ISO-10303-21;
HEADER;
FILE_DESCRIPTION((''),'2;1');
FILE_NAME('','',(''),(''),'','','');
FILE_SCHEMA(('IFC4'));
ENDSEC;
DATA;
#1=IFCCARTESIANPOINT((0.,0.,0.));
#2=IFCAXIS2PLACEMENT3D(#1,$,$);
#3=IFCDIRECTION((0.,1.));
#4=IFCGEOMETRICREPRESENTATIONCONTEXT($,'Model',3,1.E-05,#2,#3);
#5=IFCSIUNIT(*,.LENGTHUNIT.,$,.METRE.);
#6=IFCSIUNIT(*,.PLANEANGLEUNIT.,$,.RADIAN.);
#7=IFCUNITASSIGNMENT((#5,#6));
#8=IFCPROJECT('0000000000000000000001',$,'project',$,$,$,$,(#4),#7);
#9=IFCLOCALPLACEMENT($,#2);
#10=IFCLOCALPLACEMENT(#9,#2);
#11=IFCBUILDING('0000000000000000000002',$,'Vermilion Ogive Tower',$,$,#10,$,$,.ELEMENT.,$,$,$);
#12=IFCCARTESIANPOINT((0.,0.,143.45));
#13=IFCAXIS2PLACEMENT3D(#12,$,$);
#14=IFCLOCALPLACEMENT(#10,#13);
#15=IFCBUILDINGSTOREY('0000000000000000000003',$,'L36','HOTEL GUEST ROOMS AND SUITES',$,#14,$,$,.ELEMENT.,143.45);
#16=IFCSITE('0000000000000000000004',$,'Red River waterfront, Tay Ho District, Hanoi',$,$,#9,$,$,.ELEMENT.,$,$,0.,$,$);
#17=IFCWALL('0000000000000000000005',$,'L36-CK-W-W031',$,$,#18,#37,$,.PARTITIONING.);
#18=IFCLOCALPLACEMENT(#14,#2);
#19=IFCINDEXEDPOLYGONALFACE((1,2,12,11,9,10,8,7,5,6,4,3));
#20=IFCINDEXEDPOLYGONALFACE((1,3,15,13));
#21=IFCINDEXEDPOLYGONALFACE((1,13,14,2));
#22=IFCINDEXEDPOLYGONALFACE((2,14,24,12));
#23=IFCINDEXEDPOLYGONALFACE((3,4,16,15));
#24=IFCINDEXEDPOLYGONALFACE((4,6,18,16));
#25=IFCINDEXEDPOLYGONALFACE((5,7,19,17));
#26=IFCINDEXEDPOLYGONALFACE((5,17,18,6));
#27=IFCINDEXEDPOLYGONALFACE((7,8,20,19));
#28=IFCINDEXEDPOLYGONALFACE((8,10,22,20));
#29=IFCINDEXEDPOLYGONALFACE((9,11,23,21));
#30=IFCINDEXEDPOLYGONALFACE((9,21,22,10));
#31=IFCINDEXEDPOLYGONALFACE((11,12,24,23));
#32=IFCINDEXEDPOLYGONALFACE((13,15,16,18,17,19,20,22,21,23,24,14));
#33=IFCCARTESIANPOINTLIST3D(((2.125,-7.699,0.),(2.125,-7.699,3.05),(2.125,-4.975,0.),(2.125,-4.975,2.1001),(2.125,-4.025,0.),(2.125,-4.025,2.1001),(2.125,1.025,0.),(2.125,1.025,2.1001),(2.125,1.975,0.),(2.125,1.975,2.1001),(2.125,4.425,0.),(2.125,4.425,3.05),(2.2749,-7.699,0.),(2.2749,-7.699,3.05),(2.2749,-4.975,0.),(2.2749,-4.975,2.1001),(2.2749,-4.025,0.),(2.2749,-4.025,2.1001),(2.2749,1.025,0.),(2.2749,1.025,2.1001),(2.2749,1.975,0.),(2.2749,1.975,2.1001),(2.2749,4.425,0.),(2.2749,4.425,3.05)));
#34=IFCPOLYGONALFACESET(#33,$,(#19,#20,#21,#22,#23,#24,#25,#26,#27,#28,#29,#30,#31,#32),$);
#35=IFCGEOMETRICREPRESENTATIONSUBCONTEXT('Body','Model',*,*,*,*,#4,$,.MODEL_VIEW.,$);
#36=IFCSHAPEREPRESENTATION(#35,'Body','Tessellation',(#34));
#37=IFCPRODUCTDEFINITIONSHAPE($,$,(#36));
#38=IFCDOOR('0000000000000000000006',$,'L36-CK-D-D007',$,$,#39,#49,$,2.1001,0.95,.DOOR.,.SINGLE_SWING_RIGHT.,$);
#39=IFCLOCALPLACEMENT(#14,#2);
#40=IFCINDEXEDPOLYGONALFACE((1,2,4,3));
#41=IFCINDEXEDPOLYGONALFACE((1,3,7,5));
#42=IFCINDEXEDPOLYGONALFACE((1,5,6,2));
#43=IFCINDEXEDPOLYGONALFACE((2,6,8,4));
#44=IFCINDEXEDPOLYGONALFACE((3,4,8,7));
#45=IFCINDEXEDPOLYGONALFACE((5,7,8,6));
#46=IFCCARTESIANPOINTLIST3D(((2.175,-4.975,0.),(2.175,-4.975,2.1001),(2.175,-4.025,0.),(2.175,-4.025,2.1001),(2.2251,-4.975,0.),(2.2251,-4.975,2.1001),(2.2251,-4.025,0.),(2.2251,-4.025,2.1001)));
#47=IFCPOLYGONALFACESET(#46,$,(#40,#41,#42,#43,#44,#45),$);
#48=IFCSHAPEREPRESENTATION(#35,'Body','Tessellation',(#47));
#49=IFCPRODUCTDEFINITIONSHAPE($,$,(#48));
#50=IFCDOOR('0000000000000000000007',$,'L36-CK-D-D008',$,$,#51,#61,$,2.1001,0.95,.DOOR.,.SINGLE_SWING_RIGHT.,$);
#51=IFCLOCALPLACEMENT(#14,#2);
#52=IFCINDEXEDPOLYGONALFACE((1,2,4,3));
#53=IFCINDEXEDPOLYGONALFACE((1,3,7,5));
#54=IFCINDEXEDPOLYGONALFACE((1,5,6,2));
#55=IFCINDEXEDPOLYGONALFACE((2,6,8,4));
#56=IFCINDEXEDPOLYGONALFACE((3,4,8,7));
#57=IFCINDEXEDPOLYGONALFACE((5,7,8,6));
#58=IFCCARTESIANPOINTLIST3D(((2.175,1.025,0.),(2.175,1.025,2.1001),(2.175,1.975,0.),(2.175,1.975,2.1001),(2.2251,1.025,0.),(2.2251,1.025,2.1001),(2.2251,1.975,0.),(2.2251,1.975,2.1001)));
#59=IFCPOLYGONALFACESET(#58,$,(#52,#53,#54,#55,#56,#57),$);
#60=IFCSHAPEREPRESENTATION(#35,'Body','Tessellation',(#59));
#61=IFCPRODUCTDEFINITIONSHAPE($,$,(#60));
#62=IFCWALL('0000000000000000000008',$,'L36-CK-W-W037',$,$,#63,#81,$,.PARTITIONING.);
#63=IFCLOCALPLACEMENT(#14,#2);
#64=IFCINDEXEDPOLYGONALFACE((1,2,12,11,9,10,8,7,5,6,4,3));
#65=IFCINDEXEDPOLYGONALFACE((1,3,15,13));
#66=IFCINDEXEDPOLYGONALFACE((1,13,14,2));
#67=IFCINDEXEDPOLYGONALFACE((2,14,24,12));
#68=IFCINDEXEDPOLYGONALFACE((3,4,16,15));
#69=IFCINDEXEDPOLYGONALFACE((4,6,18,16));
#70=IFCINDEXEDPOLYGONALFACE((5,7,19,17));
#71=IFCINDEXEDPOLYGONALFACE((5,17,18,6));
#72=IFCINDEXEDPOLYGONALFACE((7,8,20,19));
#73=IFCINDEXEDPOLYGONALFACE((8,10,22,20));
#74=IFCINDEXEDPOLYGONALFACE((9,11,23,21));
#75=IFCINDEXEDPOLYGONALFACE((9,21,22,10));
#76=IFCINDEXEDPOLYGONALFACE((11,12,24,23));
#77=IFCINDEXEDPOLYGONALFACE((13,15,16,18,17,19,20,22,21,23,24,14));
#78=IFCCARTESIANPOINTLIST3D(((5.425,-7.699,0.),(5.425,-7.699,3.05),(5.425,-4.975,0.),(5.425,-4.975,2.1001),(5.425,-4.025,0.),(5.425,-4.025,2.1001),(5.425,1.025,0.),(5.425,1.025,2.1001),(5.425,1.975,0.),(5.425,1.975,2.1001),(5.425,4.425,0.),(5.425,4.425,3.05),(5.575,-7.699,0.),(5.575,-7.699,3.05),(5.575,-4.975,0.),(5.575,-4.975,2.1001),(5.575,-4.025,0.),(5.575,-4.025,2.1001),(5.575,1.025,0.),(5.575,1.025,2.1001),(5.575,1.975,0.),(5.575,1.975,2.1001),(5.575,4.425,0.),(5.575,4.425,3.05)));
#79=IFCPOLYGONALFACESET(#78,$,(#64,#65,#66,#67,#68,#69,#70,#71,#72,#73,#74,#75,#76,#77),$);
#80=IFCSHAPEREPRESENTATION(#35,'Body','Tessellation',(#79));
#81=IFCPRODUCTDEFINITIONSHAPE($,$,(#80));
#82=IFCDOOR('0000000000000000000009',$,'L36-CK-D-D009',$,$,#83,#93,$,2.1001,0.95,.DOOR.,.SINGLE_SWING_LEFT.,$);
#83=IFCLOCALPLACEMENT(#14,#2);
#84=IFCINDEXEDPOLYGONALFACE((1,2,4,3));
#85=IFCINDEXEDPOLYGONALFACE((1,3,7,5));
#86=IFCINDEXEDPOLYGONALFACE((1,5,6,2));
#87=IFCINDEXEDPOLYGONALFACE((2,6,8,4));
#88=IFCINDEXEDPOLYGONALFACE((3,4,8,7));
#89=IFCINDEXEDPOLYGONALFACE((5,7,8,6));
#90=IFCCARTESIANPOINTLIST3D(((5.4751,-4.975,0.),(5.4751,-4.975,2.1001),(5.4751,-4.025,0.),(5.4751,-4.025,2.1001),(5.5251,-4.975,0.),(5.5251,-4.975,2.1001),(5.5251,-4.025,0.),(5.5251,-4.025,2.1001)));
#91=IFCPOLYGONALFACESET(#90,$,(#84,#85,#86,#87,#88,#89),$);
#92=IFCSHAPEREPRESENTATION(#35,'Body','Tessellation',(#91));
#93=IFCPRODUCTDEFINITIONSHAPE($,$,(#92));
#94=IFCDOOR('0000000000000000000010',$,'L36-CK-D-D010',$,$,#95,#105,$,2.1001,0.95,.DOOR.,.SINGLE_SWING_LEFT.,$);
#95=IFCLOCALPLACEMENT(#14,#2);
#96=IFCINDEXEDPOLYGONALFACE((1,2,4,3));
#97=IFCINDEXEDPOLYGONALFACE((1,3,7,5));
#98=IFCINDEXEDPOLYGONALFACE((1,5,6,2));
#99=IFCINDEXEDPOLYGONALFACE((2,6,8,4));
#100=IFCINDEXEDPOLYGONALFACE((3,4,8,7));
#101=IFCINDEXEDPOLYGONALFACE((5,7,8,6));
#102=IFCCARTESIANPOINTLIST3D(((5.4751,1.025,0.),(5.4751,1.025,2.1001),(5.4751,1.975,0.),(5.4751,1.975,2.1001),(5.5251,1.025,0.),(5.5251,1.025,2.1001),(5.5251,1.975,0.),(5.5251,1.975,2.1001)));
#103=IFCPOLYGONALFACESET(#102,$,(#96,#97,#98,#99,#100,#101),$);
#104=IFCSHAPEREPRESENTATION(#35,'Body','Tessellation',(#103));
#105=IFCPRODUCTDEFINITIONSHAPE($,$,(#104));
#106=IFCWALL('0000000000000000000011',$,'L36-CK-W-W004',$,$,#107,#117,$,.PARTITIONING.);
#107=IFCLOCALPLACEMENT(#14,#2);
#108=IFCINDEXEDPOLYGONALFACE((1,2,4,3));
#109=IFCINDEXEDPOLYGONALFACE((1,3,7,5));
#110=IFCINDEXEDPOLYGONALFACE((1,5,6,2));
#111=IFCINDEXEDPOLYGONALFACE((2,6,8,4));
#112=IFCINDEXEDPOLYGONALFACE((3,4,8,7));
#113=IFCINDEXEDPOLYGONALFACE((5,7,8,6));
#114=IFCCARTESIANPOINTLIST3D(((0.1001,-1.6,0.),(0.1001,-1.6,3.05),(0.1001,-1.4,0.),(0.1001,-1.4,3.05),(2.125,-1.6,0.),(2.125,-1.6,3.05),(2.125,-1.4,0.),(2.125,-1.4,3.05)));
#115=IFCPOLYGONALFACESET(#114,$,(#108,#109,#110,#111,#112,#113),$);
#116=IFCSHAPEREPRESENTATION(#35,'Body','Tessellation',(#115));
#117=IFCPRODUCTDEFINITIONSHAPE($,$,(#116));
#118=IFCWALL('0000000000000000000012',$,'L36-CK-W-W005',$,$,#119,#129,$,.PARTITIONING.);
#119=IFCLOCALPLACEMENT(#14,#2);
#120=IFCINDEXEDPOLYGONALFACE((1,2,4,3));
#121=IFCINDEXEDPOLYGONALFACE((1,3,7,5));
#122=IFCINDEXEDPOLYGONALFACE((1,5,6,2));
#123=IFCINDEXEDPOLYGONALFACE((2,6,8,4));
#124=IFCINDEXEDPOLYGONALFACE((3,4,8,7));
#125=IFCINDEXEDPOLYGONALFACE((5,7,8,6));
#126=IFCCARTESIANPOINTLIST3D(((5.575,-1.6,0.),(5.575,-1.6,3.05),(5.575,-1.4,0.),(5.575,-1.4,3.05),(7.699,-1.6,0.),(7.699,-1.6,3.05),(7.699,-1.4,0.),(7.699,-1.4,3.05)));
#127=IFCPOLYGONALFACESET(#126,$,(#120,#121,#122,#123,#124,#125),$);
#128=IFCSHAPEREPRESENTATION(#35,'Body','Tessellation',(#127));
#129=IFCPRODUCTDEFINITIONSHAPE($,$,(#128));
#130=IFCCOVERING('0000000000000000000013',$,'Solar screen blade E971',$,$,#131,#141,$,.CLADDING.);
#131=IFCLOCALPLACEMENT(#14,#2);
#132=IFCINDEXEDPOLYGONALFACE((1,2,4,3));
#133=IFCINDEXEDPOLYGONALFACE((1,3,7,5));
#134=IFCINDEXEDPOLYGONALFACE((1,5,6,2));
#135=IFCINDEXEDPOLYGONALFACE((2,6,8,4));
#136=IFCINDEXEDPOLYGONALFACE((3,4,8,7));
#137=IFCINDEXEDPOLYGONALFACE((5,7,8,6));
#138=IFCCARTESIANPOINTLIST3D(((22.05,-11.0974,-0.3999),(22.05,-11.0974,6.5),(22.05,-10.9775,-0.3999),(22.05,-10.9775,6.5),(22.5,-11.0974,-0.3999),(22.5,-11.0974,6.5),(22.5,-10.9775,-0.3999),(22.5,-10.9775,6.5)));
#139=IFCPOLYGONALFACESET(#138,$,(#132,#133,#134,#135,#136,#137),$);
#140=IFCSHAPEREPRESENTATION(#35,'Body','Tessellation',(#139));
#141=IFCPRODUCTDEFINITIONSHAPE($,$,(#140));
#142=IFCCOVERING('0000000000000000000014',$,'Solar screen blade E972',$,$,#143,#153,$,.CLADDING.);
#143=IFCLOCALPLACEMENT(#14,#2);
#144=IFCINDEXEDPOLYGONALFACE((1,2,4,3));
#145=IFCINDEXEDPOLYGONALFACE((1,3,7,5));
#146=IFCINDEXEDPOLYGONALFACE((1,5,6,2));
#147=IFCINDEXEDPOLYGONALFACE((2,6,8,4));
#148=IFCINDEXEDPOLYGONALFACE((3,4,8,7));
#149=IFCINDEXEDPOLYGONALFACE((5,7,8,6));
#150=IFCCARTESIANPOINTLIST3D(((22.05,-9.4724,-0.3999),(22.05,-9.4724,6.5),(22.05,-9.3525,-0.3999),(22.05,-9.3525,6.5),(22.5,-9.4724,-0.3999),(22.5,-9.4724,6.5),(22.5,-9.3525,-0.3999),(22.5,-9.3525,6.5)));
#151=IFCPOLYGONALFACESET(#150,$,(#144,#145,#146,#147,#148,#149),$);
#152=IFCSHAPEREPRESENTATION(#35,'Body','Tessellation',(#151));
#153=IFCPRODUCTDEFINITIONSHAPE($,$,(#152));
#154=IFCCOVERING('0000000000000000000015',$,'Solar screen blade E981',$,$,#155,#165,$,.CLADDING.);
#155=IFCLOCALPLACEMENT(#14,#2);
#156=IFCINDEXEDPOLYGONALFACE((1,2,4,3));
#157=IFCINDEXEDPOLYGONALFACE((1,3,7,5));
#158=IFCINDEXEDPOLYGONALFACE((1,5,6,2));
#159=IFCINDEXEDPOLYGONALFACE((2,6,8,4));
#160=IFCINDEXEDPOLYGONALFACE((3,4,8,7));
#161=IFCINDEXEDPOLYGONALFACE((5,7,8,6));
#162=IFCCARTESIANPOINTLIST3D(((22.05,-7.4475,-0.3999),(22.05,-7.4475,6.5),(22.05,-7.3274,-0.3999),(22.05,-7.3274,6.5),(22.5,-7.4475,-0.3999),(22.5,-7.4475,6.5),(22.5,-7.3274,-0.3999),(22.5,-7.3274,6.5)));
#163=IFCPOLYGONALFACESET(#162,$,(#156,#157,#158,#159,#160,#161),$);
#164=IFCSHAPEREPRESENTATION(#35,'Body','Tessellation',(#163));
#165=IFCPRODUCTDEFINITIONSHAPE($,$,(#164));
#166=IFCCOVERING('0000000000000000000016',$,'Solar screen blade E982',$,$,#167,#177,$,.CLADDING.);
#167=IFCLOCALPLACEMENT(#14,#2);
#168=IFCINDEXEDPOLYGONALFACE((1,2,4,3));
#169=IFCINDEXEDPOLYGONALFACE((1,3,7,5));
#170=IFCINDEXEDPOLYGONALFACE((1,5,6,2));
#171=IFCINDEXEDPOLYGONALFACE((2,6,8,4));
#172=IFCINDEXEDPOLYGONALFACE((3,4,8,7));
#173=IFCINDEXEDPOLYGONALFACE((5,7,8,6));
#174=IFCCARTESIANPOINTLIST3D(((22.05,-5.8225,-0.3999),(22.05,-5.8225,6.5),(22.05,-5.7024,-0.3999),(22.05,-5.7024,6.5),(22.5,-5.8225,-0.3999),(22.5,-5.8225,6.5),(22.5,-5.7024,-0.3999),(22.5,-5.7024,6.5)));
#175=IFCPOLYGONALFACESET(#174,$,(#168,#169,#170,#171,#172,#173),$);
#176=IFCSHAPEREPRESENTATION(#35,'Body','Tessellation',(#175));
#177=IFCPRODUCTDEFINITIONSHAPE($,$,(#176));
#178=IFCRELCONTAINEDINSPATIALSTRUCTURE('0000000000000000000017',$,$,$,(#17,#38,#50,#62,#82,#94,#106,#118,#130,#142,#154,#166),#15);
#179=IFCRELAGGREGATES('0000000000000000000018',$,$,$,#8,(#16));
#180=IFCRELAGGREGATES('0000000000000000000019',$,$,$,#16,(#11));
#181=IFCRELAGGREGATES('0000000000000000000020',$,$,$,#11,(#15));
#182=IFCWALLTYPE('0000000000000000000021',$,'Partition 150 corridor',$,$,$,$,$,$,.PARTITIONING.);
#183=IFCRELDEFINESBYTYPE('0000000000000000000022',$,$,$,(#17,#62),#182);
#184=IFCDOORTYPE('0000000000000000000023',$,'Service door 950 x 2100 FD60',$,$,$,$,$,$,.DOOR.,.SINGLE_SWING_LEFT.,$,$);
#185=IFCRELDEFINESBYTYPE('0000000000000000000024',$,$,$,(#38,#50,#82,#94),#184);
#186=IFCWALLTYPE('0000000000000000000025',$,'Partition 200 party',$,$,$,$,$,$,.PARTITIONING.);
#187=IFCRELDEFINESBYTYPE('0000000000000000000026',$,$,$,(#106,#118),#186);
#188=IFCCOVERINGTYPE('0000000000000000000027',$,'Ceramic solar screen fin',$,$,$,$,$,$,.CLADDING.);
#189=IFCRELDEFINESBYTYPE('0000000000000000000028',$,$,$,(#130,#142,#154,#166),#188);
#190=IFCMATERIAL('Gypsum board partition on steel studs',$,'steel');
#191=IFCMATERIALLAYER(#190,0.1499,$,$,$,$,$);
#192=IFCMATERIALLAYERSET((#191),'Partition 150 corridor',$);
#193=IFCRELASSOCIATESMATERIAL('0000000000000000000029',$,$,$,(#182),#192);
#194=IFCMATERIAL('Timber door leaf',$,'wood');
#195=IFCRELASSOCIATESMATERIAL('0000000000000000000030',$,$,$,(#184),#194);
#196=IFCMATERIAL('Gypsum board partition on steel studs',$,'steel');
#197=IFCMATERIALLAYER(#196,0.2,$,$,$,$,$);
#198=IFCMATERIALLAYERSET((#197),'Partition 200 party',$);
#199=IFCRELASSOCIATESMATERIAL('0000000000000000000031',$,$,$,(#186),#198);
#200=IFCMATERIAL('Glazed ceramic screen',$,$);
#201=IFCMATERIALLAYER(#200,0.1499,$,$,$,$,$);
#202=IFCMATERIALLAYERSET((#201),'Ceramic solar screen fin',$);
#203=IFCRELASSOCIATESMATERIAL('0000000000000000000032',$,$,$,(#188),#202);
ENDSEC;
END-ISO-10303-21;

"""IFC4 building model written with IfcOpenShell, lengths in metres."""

from ifc_helpers import new_model, si_unit, direction, frame, frame_2d, origin, place, context, subcontext, project, spatial, polyline, rectangle, outline, extrude, material, layer, layer_set, type_object, element, fill, save


model = new_model("IFC4")

# Units and contexts
model_context = context("Model", 3, precision=1e-05, world=origin(), true_north=direction((0.0, 1.0)))
body_context = subcontext(model_context, "Body", "Model", "MODEL_VIEW")
ifc_project = project(units=[si_unit("LENGTHUNIT", "METRE"), si_unit("PLANEANGLEUNIT", "RADIAN")], contexts=[model_context])

# Site, building, storey
site_placement = place(None, origin())
site = spatial("IfcSite", under=ifc_project, at=site_placement, Name="Red River waterfront, Tay Ho District, Hanoi", CompositionType="ELEMENT", RefElevation=0.0)
building_placement = place(site_placement, origin())
building = spatial("IfcBuilding", under=site, at=building_placement, Name="Vermilion Ogive Tower", CompositionType="ELEMENT")
storey_placement = place(building_placement, frame((0.0, 0.0, 143.45)))
storey = spatial("IfcBuildingStorey", under=building, at=storey_placement, Name="L36", Description="HOTEL GUEST ROOMS AND SUITES", CompositionType="ELEMENT", Elevation=143.45)

# Walls, openings, doors
ifc_material_1 = material(Name="Gypsum board partition on steel studs", Category="steel")
ifc_layer_1 = layer(ifc_material_1, 0.1499)
ifc_layer_set_1 = layer_set([ifc_layer_1], Name="Partition 150 corridor")
wall_type_1 = type_object("IfcWallType", Name="Partition 150 corridor", PredefinedType="PARTITIONING", material=ifc_layer_set_1)
wall_1_placement = place(storey_placement, frame((2.2, -7.699, 0.0), z_axis=(0.0, 0.0, 1.0), x_axis=(0.0, 1.0, 0.0)))
wall_1 = element("IfcWall", 1, at=wall_1_placement, inside=storey, type_object=wall_type_1, Name="L36-CK-W-W031", PredefinedType="PARTITIONING", context=body_context, shape_type="SweptSolid", body=[
    extrude(rectangle(XDim=12.124, YDim=0.1499, at=frame_2d((6.062, 0.0))), origin(), (0.0, 0.0, 1.0), 3.05),
])
opening_1_placement = place(wall_1_placement, frame((2.7239, 0.0, 0.0)))
opening_1 = element("IfcOpeningElement", 2, at=opening_1_placement, cuts=wall_1, PredefinedType="OPENING", context=body_context, shape_type="SweptSolid", body=[
    extrude(rectangle(XDim=0.95, YDim=2.1001, at=frame_2d((0.4751, 1.05))), frame((0.0, 0.085, 0.0), z_axis=(0.0, -1.0, 0.0), x_axis=(1.0, 0.0, 0.0)), (0.0, 0.0, 1.0), 0.1699),
])
opening_2_placement = place(wall_1_placement, frame((8.7239, 0.0, 0.0)))
opening_2 = element("IfcOpeningElement", 3, at=opening_2_placement, cuts=wall_1, PredefinedType="OPENING", context=body_context, shape_type="SweptSolid", body=[
    extrude(rectangle(XDim=0.95, YDim=2.1001, at=frame_2d((0.4751, 1.05))), frame((0.0, 0.085, 0.0), z_axis=(0.0, -1.0, 0.0), x_axis=(1.0, 0.0, 0.0)), (0.0, 0.0, 1.0), 0.1699),
])
ifc_material_2 = material(Name="Timber door leaf", Category="wood")
door_type = type_object("IfcDoorType", Name="Service door 950 x 2100 FD60", OperationType="SINGLE_SWING_LEFT", PredefinedType="DOOR", material=ifc_material_2)
door_1_placement = place(opening_1_placement, origin())
door_1 = element("IfcDoor", 4, at=door_1_placement, inside=storey, type_object=door_type, Name="L36-CK-D-D007", OperationType="SINGLE_SWING_RIGHT", OverallHeight=2.1001, OverallWidth=0.95, PredefinedType="DOOR", context=body_context, shape_type="SweptSolid", body=[
    extrude(rectangle(XDim=0.95, YDim=2.1001, at=frame_2d((0.4751, 1.05))), frame((0.0, 0.0249, 0.0), z_axis=(0.0, -1.0, 0.0), x_axis=(1.0, 0.0, 0.0)), (0.0, 0.0, 1.0), 0.05),
])
fill(opening_1, door_1)
door_2_placement = place(opening_2_placement, origin())
door_2 = element("IfcDoor", 5, at=door_2_placement, inside=storey, type_object=door_type, Name="L36-CK-D-D008", OperationType="SINGLE_SWING_RIGHT", OverallHeight=2.1001, OverallWidth=0.95, PredefinedType="DOOR", context=body_context, shape_type="SweptSolid", body=[
    extrude(rectangle(XDim=0.95, YDim=2.1001, at=frame_2d((0.4751, 1.05))), frame((0.0, 0.0249, 0.0), z_axis=(0.0, -1.0, 0.0), x_axis=(1.0, 0.0, 0.0)), (0.0, 0.0, 1.0), 0.05),
])
fill(opening_2, door_2)
wall_2_placement = place(storey_placement, frame((5.5, -7.699, 0.0), z_axis=(0.0, 0.0, 1.0), x_axis=(0.0, 1.0, 0.0)))
wall_2 = element("IfcWall", 6, at=wall_2_placement, inside=storey, type_object=wall_type_1, Name="L36-CK-W-W037", PredefinedType="PARTITIONING", context=body_context, shape_type="SweptSolid", body=[
    extrude(rectangle(XDim=12.124, YDim=0.1499, at=frame_2d((6.062, 0.0))), origin(), (0.0, 0.0, 1.0), 3.05),
])
opening_3_placement = place(wall_2_placement, frame((2.7239, 0.0, 0.0)))
opening_3 = element("IfcOpeningElement", 7, at=opening_3_placement, cuts=wall_2, PredefinedType="OPENING", context=body_context, shape_type="SweptSolid", body=[
    extrude(rectangle(XDim=0.95, YDim=2.1001, at=frame_2d((0.4751, 1.05))), frame((0.0, 0.085, 0.0), z_axis=(0.0, -1.0, 0.0), x_axis=(1.0, 0.0, 0.0)), (0.0, 0.0, 1.0), 0.1699),
])
opening_4_placement = place(wall_2_placement, frame((8.7239, 0.0, 0.0)))
opening_4 = element("IfcOpeningElement", 8, at=opening_4_placement, cuts=wall_2, PredefinedType="OPENING", context=body_context, shape_type="SweptSolid", body=[
    extrude(rectangle(XDim=0.95, YDim=2.1001, at=frame_2d((0.4751, 1.05))), frame((0.0, 0.085, 0.0), z_axis=(0.0, -1.0, 0.0), x_axis=(1.0, 0.0, 0.0)), (0.0, 0.0, 1.0), 0.1699),
])
door_3_placement = place(opening_3_placement, origin())
door_3 = element("IfcDoor", 9, at=door_3_placement, inside=storey, type_object=door_type, Name="L36-CK-D-D009", OperationType="SINGLE_SWING_LEFT", OverallHeight=2.1001, OverallWidth=0.95, PredefinedType="DOOR", context=body_context, shape_type="SweptSolid", body=[
    extrude(rectangle(XDim=0.95, YDim=2.1001, at=frame_2d((0.4751, 1.05))), frame((0.0, 0.0249, 0.0), z_axis=(0.0, -1.0, 0.0), x_axis=(1.0, 0.0, 0.0)), (0.0, 0.0, 1.0), 0.05),
])
fill(opening_3, door_3)
door_4_placement = place(opening_4_placement, origin())
door_4 = element("IfcDoor", 10, at=door_4_placement, inside=storey, type_object=door_type, Name="L36-CK-D-D010", OperationType="SINGLE_SWING_LEFT", OverallHeight=2.1001, OverallWidth=0.95, PredefinedType="DOOR", context=body_context, shape_type="SweptSolid", body=[
    extrude(rectangle(XDim=0.95, YDim=2.1001, at=frame_2d((0.4751, 1.05))), frame((0.0, 0.0249, 0.0), z_axis=(0.0, -1.0, 0.0), x_axis=(1.0, 0.0, 0.0)), (0.0, 0.0, 1.0), 0.05),
])
fill(opening_4, door_4)

# Walls
ifc_material_3 = material(Name="Gypsum board partition on steel studs", Category="steel")
ifc_layer_2 = layer(ifc_material_3, 0.2)
ifc_layer_set_2 = layer_set([ifc_layer_2], Name="Partition 200 party")
wall_type_2 = type_object("IfcWallType", Name="Partition 200 party", PredefinedType="PARTITIONING", material=ifc_layer_set_2)
wall_3_placement = place(storey_placement, frame((0.1001, -1.5, 0.0), z_axis=(0.0, 0.0, 1.0), x_axis=(1.0, 0.0, 0.0)))
element("IfcWall", 11, at=wall_3_placement, inside=storey, type_object=wall_type_2, Name="L36-CK-W-W004", PredefinedType="PARTITIONING", context=body_context, shape_type="SweptSolid", body=[
    extrude(rectangle(XDim=2.0249, YDim=0.2, at=frame_2d((1.0125, 0.0))), origin(), (0.0, 0.0, 1.0), 3.05),
])
wall_4_placement = place(storey_placement, frame((5.575, -1.5, 0.0), z_axis=(0.0, 0.0, 1.0), x_axis=(1.0, 0.0, 0.0)))
element("IfcWall", 12, at=wall_4_placement, inside=storey, type_object=wall_type_2, Name="L36-CK-W-W005", PredefinedType="PARTITIONING", context=body_context, shape_type="SweptSolid", body=[
    extrude(rectangle(XDim=2.124, YDim=0.2, at=frame_2d((1.062, 0.0))), origin(), (0.0, 0.0, 1.0), 3.05),
])

# Coverings
ifc_material_4 = material(Name="Glazed ceramic screen")
ifc_layer_3 = layer(ifc_material_4, 0.1499)
ifc_layer_set_3 = layer_set([ifc_layer_3], Name="Ceramic solar screen fin")
covering_type_1 = type_object("IfcCoveringType", Name="Ceramic solar screen fin", PredefinedType="CLADDING", material=ifc_layer_set_3)
covering_1_placement = place(storey_placement, frame((0.0, 0.0, -0.3999)))
element("IfcCovering", 13, at=covering_1_placement, inside=storey, type_object=covering_type_1, Name="Solar screen blade E971", PredefinedType="CLADDING", context=body_context, shape_type="SweptSolid", body=[
    extrude(outline(polyline([(22.5, -11.0974), (22.5, -10.9775), (22.05, -10.9775), (22.05, -11.0974), (22.5, -11.0974)])), origin(), (0.0, 0.0, 1.0), 6.8999),
])
covering_2_placement = place(storey_placement, frame((0.0, 0.0, -0.3999)))
element("IfcCovering", 14, at=covering_2_placement, inside=storey, type_object=covering_type_1, Name="Solar screen blade E972", PredefinedType="CLADDING", context=body_context, shape_type="SweptSolid", body=[
    extrude(outline(polyline([(22.5, -9.4724), (22.5, -9.3525), (22.05, -9.3525), (22.05, -9.4724), (22.5, -9.4724)])), origin(), (0.0, 0.0, 1.0), 6.8999),
])
covering_3_placement = place(storey_placement, frame((0.0, 0.0, -0.3999)))
element("IfcCovering", 15, at=covering_3_placement, inside=storey, type_object=covering_type_1, Name="Solar screen blade E981", PredefinedType="CLADDING", context=body_context, shape_type="SweptSolid", body=[
    extrude(outline(polyline([(22.5, -7.4475), (22.5, -7.3274), (22.05, -7.3274), (22.05, -7.4475), (22.5, -7.4475)])), origin(), (0.0, 0.0, 1.0), 6.8999),
])
covering_4_placement = place(storey_placement, frame((0.0, 0.0, -0.3999)))
element("IfcCovering", 16, at=covering_4_placement, inside=storey, type_object=covering_type_1, Name="Solar screen blade E982", PredefinedType="CLADDING", context=body_context, shape_type="SweptSolid", body=[
    extrude(outline(polyline([(22.5, -5.8225), (22.5, -5.7024), (22.05, -5.7024), (22.05, -5.8225), (22.5, -5.8225)])), origin(), (0.0, 0.0, 1.0), 6.8999),
])

save(model, "model.ifc")
